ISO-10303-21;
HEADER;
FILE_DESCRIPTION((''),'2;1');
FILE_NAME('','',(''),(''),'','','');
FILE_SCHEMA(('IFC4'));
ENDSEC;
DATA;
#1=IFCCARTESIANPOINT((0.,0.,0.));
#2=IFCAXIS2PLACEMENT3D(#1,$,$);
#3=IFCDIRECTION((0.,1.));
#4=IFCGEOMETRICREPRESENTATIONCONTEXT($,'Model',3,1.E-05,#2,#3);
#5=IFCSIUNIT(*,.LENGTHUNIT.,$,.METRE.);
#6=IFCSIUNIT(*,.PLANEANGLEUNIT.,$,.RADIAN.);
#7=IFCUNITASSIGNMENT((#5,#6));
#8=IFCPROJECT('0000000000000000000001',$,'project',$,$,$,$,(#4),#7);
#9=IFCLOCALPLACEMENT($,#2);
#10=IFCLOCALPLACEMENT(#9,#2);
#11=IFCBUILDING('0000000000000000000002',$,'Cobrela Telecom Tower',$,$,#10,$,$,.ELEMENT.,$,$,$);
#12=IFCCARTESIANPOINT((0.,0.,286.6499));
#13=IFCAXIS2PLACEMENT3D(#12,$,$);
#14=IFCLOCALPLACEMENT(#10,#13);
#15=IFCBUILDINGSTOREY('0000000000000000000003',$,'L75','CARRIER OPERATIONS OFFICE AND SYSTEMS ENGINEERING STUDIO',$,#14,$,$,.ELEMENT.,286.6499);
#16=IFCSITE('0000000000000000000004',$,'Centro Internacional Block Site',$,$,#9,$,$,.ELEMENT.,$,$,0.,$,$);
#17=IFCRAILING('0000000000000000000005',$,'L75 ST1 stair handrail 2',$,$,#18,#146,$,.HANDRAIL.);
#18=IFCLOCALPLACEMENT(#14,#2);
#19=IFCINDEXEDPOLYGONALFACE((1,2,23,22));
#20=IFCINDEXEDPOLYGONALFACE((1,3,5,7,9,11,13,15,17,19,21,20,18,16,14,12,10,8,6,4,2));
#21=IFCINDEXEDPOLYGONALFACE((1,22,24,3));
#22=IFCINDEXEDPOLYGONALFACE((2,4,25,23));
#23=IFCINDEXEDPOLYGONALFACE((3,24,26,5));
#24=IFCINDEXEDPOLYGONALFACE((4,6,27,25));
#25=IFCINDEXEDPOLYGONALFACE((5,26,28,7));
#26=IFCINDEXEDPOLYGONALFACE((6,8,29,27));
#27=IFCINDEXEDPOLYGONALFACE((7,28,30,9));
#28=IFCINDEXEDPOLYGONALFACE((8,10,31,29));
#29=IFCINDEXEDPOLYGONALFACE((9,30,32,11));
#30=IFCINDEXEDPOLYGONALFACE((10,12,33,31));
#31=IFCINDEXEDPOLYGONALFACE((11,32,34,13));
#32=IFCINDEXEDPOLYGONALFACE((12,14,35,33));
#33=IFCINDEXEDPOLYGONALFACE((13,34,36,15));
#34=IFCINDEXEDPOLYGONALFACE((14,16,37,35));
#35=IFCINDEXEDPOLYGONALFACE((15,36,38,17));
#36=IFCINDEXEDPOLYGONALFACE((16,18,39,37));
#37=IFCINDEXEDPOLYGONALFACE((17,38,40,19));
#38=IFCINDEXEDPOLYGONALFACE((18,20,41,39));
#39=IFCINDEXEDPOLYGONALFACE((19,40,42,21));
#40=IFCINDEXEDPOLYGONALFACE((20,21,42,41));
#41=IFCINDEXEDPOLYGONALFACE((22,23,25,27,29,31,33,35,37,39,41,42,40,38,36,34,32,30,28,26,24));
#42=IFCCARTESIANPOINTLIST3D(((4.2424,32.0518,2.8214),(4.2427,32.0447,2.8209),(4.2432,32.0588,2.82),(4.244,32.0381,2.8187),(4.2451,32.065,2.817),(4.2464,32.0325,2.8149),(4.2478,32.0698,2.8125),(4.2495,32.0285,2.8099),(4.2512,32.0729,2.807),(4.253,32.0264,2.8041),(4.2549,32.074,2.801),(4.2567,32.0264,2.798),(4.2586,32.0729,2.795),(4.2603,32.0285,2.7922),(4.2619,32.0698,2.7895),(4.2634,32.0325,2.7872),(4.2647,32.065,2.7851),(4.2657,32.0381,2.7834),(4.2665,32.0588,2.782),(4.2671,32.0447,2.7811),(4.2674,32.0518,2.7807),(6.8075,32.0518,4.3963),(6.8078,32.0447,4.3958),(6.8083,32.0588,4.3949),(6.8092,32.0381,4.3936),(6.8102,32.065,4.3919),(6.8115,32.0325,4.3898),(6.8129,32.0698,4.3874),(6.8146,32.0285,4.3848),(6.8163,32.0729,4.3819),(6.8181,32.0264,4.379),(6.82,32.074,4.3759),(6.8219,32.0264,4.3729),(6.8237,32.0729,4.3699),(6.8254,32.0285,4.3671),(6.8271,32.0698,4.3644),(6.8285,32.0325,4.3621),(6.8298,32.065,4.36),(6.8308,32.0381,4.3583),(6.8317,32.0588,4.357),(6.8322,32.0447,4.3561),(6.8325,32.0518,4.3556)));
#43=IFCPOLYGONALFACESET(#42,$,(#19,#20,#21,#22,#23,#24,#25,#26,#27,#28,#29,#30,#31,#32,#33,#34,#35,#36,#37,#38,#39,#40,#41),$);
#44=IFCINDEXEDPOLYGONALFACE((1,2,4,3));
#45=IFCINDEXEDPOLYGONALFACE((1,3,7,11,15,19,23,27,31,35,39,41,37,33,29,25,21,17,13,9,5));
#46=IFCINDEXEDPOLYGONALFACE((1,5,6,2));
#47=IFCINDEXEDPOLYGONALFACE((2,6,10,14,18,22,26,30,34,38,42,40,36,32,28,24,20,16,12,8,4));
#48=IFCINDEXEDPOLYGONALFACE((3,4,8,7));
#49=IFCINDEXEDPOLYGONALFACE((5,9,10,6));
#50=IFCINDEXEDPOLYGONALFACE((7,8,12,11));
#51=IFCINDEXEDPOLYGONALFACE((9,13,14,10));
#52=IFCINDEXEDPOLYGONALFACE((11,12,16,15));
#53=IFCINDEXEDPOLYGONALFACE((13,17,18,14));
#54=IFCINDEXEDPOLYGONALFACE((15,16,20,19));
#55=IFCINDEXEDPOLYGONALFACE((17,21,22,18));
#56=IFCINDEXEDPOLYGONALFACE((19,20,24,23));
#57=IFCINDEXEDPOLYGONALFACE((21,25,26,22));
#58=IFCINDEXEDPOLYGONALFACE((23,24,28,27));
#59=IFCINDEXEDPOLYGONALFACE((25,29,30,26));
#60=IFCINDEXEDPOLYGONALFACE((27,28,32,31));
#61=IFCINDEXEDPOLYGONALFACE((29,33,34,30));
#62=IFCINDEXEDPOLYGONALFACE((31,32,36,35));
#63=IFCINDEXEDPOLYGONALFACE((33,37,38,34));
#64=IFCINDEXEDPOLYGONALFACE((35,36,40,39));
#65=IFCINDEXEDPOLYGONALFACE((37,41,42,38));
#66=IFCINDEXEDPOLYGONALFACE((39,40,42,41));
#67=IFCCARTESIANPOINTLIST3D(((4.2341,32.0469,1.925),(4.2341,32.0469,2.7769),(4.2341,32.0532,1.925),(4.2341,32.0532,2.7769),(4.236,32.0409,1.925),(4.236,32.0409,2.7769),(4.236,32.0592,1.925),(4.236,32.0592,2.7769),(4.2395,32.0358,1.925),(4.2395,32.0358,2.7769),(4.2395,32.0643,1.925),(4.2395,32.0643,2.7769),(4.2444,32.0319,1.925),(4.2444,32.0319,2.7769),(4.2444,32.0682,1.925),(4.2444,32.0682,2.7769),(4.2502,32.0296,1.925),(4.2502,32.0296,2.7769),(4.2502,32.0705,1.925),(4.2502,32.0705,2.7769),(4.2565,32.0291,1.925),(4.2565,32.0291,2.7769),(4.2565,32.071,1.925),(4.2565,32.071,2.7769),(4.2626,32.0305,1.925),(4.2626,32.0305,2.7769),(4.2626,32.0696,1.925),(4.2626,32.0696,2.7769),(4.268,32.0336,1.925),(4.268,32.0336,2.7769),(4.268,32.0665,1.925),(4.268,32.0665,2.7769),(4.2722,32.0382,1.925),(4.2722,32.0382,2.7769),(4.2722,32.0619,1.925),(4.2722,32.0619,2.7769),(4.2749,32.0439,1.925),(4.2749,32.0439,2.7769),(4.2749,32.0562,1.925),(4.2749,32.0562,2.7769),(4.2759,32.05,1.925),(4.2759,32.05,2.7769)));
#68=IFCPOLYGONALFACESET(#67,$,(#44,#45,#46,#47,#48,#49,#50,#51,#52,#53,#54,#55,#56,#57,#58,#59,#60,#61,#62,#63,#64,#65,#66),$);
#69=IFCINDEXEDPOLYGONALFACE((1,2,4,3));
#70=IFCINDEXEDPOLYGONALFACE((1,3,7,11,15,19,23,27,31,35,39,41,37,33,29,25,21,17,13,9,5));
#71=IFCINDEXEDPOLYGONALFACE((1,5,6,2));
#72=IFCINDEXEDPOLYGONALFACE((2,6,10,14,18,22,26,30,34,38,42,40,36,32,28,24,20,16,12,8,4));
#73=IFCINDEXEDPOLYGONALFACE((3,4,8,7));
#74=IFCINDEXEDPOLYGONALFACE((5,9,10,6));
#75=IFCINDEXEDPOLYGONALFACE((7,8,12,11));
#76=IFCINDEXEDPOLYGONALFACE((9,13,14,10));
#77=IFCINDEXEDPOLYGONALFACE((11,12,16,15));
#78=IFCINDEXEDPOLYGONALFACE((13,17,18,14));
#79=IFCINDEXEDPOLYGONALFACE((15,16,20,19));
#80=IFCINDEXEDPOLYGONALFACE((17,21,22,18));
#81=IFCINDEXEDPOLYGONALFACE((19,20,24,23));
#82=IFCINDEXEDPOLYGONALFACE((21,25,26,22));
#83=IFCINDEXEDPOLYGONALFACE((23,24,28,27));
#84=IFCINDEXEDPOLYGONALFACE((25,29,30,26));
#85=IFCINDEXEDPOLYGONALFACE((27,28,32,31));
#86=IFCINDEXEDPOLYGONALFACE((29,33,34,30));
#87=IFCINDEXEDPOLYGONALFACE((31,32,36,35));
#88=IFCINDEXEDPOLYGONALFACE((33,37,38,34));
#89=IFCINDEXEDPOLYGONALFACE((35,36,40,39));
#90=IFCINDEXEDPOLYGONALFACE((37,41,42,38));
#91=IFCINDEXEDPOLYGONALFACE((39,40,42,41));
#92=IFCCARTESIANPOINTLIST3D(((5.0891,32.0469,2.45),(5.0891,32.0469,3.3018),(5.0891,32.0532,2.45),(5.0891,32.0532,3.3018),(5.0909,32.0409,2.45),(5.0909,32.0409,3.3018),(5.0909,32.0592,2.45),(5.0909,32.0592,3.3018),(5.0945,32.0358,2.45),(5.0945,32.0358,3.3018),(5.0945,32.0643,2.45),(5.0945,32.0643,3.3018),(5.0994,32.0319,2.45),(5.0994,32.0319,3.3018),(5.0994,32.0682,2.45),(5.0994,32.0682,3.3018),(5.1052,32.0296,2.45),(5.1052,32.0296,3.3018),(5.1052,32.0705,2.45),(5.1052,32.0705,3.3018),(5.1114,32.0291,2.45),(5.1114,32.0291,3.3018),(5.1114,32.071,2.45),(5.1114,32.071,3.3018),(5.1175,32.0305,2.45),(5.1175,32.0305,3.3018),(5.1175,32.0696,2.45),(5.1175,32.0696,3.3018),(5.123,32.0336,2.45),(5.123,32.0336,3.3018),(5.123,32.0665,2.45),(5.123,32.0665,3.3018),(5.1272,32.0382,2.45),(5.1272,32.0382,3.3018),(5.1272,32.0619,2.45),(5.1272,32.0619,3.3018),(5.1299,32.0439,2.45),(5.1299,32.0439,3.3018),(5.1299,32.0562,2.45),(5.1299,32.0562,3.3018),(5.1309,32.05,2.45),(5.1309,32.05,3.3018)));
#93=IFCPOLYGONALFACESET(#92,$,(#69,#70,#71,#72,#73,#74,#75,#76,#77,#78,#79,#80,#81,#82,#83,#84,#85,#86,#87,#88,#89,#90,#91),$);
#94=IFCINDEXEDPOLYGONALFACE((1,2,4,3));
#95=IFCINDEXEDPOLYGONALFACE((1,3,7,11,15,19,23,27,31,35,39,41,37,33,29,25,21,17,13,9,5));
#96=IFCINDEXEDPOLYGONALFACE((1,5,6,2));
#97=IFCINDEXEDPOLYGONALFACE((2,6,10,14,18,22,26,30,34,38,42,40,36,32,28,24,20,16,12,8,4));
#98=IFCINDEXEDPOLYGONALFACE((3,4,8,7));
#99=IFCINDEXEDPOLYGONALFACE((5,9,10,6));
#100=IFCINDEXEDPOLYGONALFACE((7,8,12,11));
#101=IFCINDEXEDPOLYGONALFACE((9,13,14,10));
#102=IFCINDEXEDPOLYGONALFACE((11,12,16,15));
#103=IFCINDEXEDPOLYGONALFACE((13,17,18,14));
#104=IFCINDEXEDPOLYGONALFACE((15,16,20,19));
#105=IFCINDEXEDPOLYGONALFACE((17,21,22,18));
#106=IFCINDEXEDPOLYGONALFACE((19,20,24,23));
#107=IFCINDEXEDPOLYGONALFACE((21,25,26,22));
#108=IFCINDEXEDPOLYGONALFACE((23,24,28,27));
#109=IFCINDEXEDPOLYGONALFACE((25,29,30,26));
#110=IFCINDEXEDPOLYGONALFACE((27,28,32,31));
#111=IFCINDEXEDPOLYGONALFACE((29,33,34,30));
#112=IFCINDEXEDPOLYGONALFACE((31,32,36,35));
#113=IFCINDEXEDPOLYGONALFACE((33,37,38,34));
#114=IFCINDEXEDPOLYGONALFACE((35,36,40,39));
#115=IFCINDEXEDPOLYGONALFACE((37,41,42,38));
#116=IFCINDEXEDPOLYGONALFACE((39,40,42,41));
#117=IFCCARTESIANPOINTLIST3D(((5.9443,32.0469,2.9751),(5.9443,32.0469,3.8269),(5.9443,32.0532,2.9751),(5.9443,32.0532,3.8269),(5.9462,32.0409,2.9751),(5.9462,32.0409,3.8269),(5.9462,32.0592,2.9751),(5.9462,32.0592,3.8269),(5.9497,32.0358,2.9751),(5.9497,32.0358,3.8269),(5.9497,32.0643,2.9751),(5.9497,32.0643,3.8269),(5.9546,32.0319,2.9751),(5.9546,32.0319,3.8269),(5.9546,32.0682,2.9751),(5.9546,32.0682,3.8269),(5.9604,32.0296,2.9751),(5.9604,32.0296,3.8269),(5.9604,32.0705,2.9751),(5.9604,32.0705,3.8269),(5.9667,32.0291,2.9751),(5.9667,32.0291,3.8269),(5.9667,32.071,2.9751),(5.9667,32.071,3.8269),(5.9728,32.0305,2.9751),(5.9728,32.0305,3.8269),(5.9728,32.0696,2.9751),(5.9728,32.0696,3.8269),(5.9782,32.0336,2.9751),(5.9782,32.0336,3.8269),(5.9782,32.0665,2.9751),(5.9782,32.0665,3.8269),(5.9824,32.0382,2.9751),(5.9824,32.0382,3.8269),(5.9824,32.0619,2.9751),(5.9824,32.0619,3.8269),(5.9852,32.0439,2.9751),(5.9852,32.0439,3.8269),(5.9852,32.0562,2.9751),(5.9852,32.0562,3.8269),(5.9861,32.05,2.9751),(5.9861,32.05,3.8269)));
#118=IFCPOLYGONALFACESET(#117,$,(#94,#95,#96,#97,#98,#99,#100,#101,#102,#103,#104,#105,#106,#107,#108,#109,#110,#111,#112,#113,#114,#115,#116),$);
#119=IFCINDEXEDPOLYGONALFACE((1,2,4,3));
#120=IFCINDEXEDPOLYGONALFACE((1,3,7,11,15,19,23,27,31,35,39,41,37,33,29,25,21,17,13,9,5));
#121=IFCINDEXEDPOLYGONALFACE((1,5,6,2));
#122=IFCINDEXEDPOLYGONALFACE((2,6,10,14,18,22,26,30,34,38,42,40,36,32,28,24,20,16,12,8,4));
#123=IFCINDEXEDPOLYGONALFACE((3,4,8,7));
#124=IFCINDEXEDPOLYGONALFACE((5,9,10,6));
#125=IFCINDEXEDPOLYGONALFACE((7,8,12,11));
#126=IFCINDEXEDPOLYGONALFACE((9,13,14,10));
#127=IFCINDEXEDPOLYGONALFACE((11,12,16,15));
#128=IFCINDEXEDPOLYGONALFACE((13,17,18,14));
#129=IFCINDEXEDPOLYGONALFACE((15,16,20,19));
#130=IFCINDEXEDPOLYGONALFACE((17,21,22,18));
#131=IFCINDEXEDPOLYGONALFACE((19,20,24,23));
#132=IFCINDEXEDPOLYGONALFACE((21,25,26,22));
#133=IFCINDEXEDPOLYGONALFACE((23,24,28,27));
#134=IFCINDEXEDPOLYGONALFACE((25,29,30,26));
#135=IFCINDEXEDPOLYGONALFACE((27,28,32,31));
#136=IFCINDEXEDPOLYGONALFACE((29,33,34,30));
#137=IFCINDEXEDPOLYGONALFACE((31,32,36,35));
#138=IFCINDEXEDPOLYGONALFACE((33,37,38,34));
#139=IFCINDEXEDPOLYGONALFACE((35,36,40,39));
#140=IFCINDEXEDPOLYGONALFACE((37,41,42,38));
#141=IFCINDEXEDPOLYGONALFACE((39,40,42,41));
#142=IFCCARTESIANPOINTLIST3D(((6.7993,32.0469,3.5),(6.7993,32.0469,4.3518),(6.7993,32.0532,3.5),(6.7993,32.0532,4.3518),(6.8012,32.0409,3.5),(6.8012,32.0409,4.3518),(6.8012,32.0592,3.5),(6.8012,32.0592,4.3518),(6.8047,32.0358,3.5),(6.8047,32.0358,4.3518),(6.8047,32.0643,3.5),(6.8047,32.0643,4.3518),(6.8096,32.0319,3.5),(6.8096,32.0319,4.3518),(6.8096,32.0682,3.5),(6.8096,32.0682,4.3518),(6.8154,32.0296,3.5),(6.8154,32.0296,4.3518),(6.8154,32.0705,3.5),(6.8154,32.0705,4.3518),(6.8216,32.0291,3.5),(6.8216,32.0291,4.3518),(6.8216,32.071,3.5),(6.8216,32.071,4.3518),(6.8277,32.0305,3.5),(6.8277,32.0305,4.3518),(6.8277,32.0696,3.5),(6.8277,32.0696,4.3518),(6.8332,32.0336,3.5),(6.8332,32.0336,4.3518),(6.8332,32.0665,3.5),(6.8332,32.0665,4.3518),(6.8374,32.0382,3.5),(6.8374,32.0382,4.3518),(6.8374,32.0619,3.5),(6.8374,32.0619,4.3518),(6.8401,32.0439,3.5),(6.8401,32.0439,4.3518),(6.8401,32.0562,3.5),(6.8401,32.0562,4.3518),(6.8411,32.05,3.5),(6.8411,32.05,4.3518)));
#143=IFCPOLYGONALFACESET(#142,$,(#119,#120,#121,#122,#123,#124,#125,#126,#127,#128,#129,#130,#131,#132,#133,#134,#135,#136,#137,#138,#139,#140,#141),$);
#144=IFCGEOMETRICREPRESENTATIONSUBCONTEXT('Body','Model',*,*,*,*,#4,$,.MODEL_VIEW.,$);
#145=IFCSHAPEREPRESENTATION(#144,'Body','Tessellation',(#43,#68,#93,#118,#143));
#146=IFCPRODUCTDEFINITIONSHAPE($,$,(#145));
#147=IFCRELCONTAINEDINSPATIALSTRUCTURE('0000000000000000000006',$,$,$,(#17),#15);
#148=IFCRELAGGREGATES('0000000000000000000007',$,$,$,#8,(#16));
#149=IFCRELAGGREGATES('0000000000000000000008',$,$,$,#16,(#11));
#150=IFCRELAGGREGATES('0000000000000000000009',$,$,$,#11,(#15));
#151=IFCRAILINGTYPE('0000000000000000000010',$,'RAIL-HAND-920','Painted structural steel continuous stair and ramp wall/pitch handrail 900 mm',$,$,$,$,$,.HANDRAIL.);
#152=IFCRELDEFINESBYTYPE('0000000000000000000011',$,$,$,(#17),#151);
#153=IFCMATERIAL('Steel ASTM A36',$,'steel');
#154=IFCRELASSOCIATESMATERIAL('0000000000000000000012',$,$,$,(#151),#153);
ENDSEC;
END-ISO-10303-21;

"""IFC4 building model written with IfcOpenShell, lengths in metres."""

from ifc_helpers import new_model, si_unit, direction, frame, origin, origin_2d, place, context, subcontext, project, spatial, circle, extrude, material, type_object, element, save


model = new_model("IFC4")

# Units and contexts
model_context = context("Model", 3, precision=1e-05, world=origin(), true_north=direction((0.0, 1.0)))
body_context = subcontext(model_context, "Body", "Model", "MODEL_VIEW")
ifc_project = project(units=[si_unit("LENGTHUNIT", "METRE"), si_unit("PLANEANGLEUNIT", "RADIAN")], contexts=[model_context])

# Site, building, storey
site_placement = place(None, origin())
site = spatial("IfcSite", under=ifc_project, at=site_placement, Name="Centro Internacional Block Site", CompositionType="ELEMENT", RefElevation=0.0)
building_placement = place(site_placement, origin())
building = spatial("IfcBuilding", under=site, at=building_placement, Name="Cobrela Telecom Tower", CompositionType="ELEMENT")
storey_placement = place(building_placement, frame((0.0, 0.0, 286.6499)))
storey = spatial("IfcBuildingStorey", under=building, at=storey_placement, Name="L75", Description="CARRIER OPERATIONS OFFICE AND SYSTEMS ENGINEERING STUDIO", CompositionType="ELEMENT", Elevation=286.6499)

# Shared definitions
ifc_material_1 = material(Name="Steel ASTM A36", Category="steel")

# Railing
railing_type_1 = type_object("IfcRailingType", Name="RAIL-HAND-920", Description="Painted structural steel continuous stair and ramp wall/pitch handrail 900 mm", PredefinedType="HANDRAIL", material=ifc_material_1)
railing_1_placement = place(storey_placement, frame((4.2549, 32.05, 1.925)))
element("IfcRailing", 1, at=railing_1_placement, inside=storey, type_object=railing_type_1, Name="L75 ST1 stair handrail 2", PredefinedType="HANDRAIL", context=body_context, shape_type="SweptSolid", body=[
    extrude(circle(Radius=0.0239, at=origin_2d()), frame((0.0, 0.0, 0.876), z_axis=(0.852195, 0.0, 0.523224), x_axis=(0.0, 1.0, 0.0)), (0.0, 0.0, 1.0), 3.01),
    extrude(circle(Radius=0.021, at=origin_2d()), origin(), (0.0, 0.0, 1.0), 0.8518),
    extrude(circle(Radius=0.021, at=origin_2d()), frame((0.855, 0.0, 0.5249)), (0.0, 0.0, 1.0), 0.8518),
    extrude(circle(Radius=0.021, at=origin_2d()), frame((1.7102, 0.0, 1.05)), (0.0, 0.0, 1.0), 0.8518),
    extrude(circle(Radius=0.021, at=origin_2d()), frame((2.5652, 0.0, 1.575)), (0.0, 0.0, 1.0), 0.8518),
])

save(model, "model.ifc")
